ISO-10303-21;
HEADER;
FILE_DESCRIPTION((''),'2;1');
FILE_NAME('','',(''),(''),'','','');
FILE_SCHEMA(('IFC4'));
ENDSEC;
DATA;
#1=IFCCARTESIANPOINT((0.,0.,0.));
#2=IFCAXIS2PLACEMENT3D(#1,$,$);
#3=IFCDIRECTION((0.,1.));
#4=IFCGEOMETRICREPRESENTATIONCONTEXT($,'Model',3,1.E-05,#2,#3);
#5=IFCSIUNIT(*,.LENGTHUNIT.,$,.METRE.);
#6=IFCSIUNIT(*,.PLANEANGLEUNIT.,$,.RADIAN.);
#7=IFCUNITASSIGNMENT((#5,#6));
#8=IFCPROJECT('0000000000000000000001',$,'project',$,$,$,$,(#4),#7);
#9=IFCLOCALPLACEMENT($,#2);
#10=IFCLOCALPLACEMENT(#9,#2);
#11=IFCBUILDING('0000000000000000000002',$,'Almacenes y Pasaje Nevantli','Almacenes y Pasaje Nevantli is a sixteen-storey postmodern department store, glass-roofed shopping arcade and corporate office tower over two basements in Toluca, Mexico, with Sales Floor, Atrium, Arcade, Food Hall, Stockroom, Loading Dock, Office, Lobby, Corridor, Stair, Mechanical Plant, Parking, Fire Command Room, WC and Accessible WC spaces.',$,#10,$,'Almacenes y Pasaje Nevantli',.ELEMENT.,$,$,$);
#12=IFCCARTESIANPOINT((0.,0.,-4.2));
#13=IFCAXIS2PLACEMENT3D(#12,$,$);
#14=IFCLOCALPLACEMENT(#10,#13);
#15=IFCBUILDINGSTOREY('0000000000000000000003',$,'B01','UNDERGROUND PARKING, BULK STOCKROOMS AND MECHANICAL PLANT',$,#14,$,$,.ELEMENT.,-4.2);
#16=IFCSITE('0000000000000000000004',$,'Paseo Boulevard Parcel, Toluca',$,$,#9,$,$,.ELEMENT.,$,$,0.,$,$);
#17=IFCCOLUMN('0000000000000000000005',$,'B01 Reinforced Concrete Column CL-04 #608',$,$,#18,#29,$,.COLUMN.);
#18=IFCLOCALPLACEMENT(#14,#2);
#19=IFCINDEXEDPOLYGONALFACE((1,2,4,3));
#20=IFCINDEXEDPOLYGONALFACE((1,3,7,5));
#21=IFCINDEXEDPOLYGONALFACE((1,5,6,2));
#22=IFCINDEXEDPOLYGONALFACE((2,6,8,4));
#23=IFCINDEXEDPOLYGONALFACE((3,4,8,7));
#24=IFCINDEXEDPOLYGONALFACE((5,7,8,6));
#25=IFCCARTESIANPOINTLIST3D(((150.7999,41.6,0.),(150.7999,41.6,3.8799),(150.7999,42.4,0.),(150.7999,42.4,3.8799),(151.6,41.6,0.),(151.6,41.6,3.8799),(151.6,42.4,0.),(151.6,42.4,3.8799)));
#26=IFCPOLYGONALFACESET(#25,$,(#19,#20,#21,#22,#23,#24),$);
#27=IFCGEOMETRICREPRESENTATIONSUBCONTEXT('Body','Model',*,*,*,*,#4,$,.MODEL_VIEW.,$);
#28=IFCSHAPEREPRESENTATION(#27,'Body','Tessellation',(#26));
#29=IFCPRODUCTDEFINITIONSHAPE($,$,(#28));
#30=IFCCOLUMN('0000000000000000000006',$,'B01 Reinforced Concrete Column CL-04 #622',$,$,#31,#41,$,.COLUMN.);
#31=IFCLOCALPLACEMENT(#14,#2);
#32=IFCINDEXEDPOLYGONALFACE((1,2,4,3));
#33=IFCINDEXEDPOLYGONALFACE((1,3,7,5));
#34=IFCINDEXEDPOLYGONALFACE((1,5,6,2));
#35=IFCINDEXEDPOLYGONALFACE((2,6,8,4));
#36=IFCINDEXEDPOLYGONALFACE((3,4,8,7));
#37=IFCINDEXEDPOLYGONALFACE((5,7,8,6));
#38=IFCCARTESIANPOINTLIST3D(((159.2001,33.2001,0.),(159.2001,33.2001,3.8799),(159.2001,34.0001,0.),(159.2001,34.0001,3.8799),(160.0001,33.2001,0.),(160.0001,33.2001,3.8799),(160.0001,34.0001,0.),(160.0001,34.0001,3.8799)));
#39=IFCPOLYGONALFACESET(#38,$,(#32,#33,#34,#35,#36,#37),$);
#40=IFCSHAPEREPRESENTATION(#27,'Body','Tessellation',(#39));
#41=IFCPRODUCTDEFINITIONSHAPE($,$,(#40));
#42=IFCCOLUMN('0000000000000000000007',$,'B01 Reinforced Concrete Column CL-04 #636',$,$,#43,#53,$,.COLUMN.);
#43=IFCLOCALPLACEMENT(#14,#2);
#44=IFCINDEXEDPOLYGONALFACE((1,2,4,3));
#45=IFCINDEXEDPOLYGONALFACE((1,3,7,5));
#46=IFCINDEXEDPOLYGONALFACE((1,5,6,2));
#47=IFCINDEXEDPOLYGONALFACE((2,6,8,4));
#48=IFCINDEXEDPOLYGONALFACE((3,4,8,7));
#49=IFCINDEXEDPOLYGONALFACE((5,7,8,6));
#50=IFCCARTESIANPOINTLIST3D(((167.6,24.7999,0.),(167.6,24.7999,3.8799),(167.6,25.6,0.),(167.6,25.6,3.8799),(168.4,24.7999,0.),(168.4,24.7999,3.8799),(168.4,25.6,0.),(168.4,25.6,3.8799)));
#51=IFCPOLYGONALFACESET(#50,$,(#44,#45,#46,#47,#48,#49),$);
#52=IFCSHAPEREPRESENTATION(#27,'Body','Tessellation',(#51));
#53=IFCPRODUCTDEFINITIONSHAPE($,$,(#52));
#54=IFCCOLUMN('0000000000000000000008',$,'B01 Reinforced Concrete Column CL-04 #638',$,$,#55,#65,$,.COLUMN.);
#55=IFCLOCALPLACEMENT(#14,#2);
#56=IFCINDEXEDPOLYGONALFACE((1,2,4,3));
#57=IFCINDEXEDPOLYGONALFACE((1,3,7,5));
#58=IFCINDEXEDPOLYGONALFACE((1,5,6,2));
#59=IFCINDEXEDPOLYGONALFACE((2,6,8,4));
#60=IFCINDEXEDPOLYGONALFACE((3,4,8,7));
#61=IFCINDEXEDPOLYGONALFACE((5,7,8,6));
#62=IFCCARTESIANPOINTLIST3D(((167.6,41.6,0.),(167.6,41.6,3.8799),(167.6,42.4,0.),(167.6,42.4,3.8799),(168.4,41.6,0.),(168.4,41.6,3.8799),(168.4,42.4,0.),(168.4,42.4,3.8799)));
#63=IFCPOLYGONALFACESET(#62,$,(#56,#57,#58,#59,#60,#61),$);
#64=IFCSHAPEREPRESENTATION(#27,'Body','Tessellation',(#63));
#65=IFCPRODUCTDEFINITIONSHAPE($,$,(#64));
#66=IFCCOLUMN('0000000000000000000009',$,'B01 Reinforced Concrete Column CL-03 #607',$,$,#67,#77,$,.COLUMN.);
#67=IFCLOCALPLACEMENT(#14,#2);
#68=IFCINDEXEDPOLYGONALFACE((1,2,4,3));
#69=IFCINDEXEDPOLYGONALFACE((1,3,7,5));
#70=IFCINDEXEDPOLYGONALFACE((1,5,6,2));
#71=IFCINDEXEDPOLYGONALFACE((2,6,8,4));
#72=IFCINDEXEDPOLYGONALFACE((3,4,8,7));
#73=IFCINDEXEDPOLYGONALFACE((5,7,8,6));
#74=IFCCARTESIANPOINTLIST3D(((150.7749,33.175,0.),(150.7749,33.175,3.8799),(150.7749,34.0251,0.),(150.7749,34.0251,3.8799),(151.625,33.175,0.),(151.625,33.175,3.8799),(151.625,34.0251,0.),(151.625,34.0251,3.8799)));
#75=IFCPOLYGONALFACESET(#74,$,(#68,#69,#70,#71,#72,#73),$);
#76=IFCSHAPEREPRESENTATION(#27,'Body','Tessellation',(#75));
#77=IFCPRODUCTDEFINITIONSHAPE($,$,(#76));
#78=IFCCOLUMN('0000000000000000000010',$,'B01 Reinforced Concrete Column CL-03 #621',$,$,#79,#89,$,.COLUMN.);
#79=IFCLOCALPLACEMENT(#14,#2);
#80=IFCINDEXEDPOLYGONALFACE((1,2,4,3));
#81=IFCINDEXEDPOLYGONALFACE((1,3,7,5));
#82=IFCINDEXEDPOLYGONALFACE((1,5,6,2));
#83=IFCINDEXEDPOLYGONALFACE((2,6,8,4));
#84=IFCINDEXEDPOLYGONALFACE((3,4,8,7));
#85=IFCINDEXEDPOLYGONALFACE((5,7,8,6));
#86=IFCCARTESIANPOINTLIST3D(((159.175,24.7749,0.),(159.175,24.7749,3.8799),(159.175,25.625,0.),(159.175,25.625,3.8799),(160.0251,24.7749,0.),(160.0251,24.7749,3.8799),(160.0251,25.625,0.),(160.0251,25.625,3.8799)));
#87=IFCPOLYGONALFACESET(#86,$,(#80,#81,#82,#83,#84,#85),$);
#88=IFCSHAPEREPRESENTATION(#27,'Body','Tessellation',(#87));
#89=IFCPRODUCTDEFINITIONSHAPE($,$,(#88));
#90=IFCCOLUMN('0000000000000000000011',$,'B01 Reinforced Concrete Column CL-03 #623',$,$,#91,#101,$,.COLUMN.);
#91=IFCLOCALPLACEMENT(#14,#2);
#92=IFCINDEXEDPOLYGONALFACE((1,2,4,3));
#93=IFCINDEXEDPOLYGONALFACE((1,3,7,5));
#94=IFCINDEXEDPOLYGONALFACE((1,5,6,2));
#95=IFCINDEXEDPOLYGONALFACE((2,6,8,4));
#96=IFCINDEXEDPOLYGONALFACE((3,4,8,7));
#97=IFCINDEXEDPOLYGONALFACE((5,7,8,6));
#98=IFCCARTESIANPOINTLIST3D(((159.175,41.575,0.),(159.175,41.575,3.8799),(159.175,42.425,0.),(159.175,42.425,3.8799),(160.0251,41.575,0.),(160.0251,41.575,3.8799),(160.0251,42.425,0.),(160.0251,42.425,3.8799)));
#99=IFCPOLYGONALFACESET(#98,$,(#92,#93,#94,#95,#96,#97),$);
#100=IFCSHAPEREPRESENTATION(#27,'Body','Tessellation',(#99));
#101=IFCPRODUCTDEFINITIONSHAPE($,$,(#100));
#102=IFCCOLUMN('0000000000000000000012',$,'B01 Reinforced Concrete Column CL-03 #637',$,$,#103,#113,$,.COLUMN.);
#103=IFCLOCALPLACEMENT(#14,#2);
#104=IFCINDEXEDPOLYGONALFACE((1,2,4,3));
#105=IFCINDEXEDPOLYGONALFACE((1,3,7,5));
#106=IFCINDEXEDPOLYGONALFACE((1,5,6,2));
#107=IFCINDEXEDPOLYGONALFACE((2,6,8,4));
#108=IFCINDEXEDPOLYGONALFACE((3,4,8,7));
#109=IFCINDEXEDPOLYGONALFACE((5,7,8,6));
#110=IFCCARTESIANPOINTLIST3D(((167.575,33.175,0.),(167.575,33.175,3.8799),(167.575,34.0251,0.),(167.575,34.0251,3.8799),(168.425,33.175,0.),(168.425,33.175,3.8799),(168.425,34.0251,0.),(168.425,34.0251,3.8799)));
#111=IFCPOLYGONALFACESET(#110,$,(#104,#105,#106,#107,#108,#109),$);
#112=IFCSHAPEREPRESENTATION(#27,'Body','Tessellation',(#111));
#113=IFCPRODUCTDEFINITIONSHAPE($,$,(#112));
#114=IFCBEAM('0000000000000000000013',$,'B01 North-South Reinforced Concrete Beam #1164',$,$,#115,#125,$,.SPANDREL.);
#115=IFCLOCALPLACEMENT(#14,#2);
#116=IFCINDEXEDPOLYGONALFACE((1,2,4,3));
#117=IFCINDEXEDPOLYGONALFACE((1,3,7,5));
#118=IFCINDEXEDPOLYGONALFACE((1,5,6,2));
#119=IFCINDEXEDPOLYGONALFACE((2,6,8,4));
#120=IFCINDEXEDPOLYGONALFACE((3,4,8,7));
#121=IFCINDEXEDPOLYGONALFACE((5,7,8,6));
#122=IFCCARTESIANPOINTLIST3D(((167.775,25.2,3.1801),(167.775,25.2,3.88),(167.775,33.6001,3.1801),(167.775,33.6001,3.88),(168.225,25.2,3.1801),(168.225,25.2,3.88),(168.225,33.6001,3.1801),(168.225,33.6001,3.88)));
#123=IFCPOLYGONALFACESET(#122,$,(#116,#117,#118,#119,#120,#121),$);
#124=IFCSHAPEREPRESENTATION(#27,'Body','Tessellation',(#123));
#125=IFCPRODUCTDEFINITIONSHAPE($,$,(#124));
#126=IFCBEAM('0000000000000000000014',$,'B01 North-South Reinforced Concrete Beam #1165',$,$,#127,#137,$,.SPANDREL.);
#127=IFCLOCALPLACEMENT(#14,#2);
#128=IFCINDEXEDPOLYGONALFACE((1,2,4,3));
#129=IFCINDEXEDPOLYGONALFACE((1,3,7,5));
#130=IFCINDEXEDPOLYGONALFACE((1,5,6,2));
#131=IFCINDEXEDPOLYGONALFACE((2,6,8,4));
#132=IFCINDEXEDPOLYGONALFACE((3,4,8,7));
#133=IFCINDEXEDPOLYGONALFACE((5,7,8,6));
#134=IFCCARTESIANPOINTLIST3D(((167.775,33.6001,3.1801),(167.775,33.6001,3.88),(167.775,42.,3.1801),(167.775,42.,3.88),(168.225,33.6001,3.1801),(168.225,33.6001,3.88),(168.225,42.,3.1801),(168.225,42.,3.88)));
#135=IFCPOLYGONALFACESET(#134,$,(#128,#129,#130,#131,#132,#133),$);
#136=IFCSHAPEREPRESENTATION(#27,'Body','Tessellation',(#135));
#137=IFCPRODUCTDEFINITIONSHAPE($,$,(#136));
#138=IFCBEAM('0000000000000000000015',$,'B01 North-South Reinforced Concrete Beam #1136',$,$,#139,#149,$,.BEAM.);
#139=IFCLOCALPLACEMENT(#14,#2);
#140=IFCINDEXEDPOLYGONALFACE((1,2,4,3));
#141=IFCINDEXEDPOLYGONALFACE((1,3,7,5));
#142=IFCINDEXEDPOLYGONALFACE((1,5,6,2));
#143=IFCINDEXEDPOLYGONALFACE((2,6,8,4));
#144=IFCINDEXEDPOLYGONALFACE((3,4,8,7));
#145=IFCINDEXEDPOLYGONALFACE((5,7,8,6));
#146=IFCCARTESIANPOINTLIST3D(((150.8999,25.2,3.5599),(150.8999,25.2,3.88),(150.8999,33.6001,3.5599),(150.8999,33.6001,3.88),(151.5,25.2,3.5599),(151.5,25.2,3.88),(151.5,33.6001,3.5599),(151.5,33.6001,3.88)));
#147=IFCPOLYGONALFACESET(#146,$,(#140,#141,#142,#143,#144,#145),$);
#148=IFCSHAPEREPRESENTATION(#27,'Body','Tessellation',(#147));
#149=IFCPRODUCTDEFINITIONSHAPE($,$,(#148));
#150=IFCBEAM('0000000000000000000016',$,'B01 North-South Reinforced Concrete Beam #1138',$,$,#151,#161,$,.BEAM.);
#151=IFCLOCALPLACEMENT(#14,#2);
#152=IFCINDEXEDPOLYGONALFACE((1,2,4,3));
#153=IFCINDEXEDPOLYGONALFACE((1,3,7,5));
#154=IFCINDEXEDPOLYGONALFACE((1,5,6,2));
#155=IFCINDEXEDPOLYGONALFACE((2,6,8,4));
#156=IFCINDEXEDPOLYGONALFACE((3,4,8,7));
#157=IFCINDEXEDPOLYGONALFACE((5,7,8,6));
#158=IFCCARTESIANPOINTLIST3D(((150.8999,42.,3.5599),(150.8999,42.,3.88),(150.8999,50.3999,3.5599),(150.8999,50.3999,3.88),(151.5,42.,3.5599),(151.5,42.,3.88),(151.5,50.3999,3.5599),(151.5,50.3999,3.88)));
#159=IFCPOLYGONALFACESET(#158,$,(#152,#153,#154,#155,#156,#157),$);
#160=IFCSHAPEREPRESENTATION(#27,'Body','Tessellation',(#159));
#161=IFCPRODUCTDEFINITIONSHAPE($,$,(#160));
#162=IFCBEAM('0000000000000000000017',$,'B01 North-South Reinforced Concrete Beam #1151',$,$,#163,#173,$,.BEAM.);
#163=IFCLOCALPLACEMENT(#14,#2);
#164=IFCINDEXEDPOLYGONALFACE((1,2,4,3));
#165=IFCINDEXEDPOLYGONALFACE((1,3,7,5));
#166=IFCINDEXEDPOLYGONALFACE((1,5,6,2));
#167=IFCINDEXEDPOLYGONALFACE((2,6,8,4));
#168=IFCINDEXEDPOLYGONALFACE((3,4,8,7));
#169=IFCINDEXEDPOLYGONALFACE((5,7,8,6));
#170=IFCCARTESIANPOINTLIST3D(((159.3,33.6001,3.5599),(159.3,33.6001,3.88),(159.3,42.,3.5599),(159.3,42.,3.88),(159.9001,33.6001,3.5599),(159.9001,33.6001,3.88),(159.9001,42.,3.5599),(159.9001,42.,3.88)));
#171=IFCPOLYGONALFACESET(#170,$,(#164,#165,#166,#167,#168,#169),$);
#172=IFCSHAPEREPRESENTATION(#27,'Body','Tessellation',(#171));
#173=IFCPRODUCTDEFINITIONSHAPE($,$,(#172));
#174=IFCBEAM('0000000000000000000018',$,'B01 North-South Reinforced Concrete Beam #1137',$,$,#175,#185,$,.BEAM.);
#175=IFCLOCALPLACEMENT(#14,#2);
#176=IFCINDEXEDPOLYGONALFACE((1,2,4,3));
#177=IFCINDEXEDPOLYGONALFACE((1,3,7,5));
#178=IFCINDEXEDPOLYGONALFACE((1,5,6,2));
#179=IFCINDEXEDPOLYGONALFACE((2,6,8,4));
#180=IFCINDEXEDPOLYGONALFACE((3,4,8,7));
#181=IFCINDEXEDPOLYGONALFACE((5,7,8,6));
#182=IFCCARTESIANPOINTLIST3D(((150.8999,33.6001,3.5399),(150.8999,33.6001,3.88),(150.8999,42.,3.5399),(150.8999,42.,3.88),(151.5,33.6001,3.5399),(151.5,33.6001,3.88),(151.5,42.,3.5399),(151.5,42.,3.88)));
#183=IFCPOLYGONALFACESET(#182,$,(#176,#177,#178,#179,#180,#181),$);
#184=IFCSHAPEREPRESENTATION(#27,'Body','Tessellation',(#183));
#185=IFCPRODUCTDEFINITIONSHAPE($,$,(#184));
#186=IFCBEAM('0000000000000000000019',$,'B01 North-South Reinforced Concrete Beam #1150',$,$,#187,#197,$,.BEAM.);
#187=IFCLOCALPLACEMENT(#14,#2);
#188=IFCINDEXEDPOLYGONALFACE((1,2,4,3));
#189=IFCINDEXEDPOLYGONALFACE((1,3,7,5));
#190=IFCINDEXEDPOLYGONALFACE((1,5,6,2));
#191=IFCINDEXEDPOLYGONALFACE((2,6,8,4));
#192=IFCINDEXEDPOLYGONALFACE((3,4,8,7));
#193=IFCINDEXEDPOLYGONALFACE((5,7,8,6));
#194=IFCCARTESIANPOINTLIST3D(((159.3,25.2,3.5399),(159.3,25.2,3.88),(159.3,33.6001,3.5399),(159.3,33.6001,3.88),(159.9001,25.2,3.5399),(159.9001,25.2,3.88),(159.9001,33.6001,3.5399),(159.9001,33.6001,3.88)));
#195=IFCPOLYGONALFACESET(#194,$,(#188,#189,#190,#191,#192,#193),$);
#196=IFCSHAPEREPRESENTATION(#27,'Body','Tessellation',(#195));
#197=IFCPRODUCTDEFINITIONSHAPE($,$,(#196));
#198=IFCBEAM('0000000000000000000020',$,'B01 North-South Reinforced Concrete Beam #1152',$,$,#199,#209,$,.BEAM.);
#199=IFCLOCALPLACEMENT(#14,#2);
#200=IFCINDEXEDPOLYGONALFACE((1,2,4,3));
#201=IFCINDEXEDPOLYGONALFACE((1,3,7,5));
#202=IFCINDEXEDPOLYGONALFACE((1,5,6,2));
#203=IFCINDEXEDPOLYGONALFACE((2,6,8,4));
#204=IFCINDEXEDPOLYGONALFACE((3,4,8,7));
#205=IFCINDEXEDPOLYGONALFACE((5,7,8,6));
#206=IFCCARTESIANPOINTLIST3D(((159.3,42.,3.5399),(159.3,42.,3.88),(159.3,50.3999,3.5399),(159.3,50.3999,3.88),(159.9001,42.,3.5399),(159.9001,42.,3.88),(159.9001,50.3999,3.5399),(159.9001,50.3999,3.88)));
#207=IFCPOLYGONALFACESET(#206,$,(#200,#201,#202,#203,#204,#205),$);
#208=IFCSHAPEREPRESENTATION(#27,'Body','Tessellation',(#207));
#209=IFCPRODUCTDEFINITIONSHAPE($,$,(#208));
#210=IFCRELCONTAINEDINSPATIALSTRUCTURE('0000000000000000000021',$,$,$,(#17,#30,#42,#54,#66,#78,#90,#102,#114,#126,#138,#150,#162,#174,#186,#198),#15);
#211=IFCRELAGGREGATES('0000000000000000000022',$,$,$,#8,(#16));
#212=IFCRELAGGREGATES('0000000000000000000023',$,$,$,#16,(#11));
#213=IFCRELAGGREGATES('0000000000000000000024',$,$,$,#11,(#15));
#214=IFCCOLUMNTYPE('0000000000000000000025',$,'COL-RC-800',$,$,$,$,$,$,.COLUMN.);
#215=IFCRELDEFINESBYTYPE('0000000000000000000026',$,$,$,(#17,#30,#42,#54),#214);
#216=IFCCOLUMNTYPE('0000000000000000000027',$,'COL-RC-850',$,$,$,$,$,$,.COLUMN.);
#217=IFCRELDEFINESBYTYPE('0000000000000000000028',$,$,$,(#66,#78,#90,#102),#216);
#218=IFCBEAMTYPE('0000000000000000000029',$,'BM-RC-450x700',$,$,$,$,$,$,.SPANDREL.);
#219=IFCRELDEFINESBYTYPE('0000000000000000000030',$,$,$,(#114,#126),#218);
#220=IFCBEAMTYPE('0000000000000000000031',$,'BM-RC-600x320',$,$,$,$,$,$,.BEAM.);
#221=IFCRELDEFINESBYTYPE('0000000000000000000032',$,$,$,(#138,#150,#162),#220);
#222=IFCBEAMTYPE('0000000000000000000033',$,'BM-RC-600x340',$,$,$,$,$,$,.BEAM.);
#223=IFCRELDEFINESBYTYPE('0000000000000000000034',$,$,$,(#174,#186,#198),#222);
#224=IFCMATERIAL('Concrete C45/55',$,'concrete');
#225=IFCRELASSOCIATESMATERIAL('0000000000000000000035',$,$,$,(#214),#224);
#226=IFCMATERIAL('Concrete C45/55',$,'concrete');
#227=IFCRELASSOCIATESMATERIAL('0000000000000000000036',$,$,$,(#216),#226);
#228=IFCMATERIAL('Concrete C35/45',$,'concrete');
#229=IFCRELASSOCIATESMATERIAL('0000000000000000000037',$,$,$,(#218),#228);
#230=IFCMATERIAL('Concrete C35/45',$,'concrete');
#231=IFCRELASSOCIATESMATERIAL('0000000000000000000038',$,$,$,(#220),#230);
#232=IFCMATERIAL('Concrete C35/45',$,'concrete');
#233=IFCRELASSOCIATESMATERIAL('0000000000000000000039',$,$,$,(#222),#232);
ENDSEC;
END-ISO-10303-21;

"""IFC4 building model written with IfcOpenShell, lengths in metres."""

from ifc_helpers import new_model, si_unit, direction, frame, origin, origin_2d, place, context, subcontext, project, spatial, rectangle, extrude, material, material_profile, profile_set, type_object, element, save


model = new_model("IFC4")

# Units and contexts
model_context = context("Model", 3, precision=1e-05, world=origin(), true_north=direction((0.0, 1.0)))
body_context = subcontext(model_context, "Body", "Model", "MODEL_VIEW")
ifc_project = project(units=[si_unit("LENGTHUNIT", "METRE"), si_unit("PLANEANGLEUNIT", "RADIAN")], contexts=[model_context])

# Site, building, storey
site_placement = place(None, origin())
site = spatial("IfcSite", under=ifc_project, at=site_placement, Name="Paseo Boulevard Parcel, Toluca", CompositionType="ELEMENT", RefElevation=0.0)
building_placement = place(site_placement, origin())
building = spatial("IfcBuilding", under=site, at=building_placement, Name="Almacenes y Pasaje Nevantli", Description="Almacenes y Pasaje Nevantli is a sixteen-storey postmodern department store, glass-roofed shopping arcade and corporate office tower over two basements in Toluca, Mexico, with Sales Floor, Atrium, Arcade, Food Hall, Stockroom, Loading Dock, Office, Lobby, Corridor, Stair, Mechanical Plant, Parking, Fire Command Room, WC and Accessible WC spaces.", LongName="Almacenes y Pasaje Nevantli", CompositionType="ELEMENT")
storey_placement = place(building_placement, frame((0.0, 0.0, -4.2)))
storey = spatial("IfcBuildingStorey", under=building, at=storey_placement, Name="B01", Description="UNDERGROUND PARKING, BULK STOCKROOMS AND MECHANICAL PLANT", CompositionType="ELEMENT", Elevation=-4.2)

# Columns
ifc_material_1 = material(Name="Concrete C45/55", Category="concrete")
ifc_material_profile_1 = material_profile(ifc_material_1, rectangle(XDim=0.8, YDim=0.8, at=origin_2d()), Name="RC-COL-800x800")
ifc_profile_set_1 = profile_set([ifc_material_profile_1], Name="Concrete C45/55")
column_type_1 = type_object("IfcColumnType", Name="COL-RC-800", PredefinedType="COLUMN", material=ifc_profile_set_1)
for number, where, z_axis, x_axis, name in (
    (1, (151.2, 42.0, 0.0), (0.0, 0.0, 1.0), (1.0, 0.0, 0.0), "B01 Reinforced Concrete Column CL-04 #608"),
    (2, (159.6001, 33.6001, 0.0), (0.0, 0.0, 1.0), (1.0, 0.0, 0.0), "B01 Reinforced Concrete Column CL-04 #622"),
    (3, (168.0, 25.2, 0.0), (0.0, 0.0, 1.0), (1.0, 0.0, 0.0), "B01 Reinforced Concrete Column CL-04 #636"),
    (4, (168.0, 42.0, 0.0), (0.0, 0.0, 1.0), (1.0, 0.0, 0.0), "B01 Reinforced Concrete Column CL-04 #638"),
):
    element("IfcColumn", number, at=place(storey_placement, frame(where, z_axis=z_axis, x_axis=x_axis)), inside=storey, type_object=column_type_1, Name=name, PredefinedType="COLUMN", context=body_context, shape_type="SweptSolid", body=[
        extrude(rectangle(XDim=0.8, YDim=0.8, at=origin_2d()), origin(), (0.0, 0.0, 1.0), 3.8799),
    ])
ifc_material_2 = material(Name="Concrete C45/55", Category="concrete")
ifc_material_profile_2 = material_profile(ifc_material_2, rectangle(XDim=0.8501, YDim=0.8501, at=origin_2d()), Name="RC-COL-850x850")
ifc_profile_set_2 = profile_set([ifc_material_profile_2], Name="Concrete C45/55")
column_type_2 = type_object("IfcColumnType", Name="COL-RC-850", PredefinedType="COLUMN", material=ifc_profile_set_2)
for number, where, z_axis, x_axis, name in (
    (5, (151.2, 33.6001, 0.0), (0.0, 0.0, 1.0), (1.0, 0.0, 0.0), "B01 Reinforced Concrete Column CL-03 #607"),
    (6, (159.6001, 25.2, 0.0), (0.0, 0.0, 1.0), (1.0, 0.0, 0.0), "B01 Reinforced Concrete Column CL-03 #621"),
    (7, (159.6001, 42.0, 0.0), (0.0, 0.0, 1.0), (1.0, 0.0, 0.0), "B01 Reinforced Concrete Column CL-03 #623"),
    (8, (168.0, 33.6001, 0.0), (0.0, 0.0, 1.0), (1.0, 0.0, 0.0), "B01 Reinforced Concrete Column CL-03 #637"),
):
    element("IfcColumn", number, at=place(storey_placement, frame(where, z_axis=z_axis, x_axis=x_axis)), inside=storey, type_object=column_type_2, Name=name, PredefinedType="COLUMN", context=body_context, shape_type="SweptSolid", body=[
        extrude(rectangle(XDim=0.8501, YDim=0.8501, at=origin_2d()), origin(), (0.0, 0.0, 1.0), 3.8799),
    ])

# Beams
ifc_material_3 = material(Name="Concrete C35/45", Category="concrete")
ifc_material_profile_3 = material_profile(ifc_material_3, rectangle(XDim=0.45, YDim=0.7, at=origin_2d()), Name="RC-BM-450x700")
ifc_profile_set_3 = profile_set([ifc_material_profile_3], Name="Concrete C35/45")
beam_type_1 = type_object("IfcBeamType", Name="BM-RC-450x700", PredefinedType="SPANDREL", material=ifc_profile_set_3)
beam_1_placement = place(storey_placement, frame((168.0, 25.2, 3.53), z_axis=(0.0, 1.0, 0.0), x_axis=(-1.0, 0.0, 0.0)))
element("IfcBeam", 9, at=beam_1_placement, inside=storey, type_object=beam_type_1, Name="B01 North-South Reinforced Concrete Beam #1164", PredefinedType="SPANDREL", context=body_context, shape_type="SweptSolid", body=[
    extrude(rectangle(XDim=0.45, YDim=0.7, at=origin_2d()), origin(), (0.0, 0.0, 1.0), 8.4001),
])
beam_2_placement = place(storey_placement, frame((168.0, 33.6001, 3.53), z_axis=(0.0, 1.0, 0.0), x_axis=(-1.0, 0.0, 0.0)))
element("IfcBeam", 10, at=beam_2_placement, inside=storey, type_object=beam_type_1, Name="B01 North-South Reinforced Concrete Beam #1165", PredefinedType="SPANDREL", context=body_context, shape_type="SweptSolid", body=[
    extrude(rectangle(XDim=0.45, YDim=0.7, at=origin_2d()), origin(), (0.0, 0.0, 1.0), 8.3999),
])
ifc_material_4 = material(Name="Concrete C35/45", Category="concrete")
ifc_material_profile_4 = material_profile(ifc_material_4, rectangle(XDim=0.6001, YDim=0.3201, at=origin_2d()), Name="RC-BM-600x320")
ifc_profile_set_4 = profile_set([ifc_material_profile_4], Name="Concrete C35/45")
beam_type_2 = type_object("IfcBeamType", Name="BM-RC-600x320", PredefinedType="BEAM", material=ifc_profile_set_4)
beam_3_placement = place(storey_placement, frame((151.2, 25.2, 3.72), z_axis=(0.0, 1.0, 0.0), x_axis=(-1.0, 0.0, 0.0)))
element("IfcBeam", 11, at=beam_3_placement, inside=storey, type_object=beam_type_2, Name="B01 North-South Reinforced Concrete Beam #1136", PredefinedType="BEAM", context=body_context, shape_type="SweptSolid", body=[
    extrude(rectangle(XDim=0.6001, YDim=0.3201, at=origin_2d()), origin(), (0.0, 0.0, 1.0), 8.4001),
])
for number, where, z_axis, x_axis, name in (
    (12, (151.2, 42.0, 3.72), (0.0, 1.0, 0.0), (-1.0, 0.0, 0.0), "B01 North-South Reinforced Concrete Beam #1138"),
    (13, (159.6001, 33.6001, 3.72), (0.0, 1.0, 0.0), (-1.0, 0.0, 0.0), "B01 North-South Reinforced Concrete Beam #1151"),
):
    element("IfcBeam", number, at=place(storey_placement, frame(where, z_axis=z_axis, x_axis=x_axis)), inside=storey, type_object=beam_type_2, Name=name, PredefinedType="BEAM", context=body_context, shape_type="SweptSolid", body=[
        extrude(rectangle(XDim=0.6001, YDim=0.3201, at=origin_2d()), origin(), (0.0, 0.0, 1.0), 8.3999),
    ])
ifc_material_5 = material(Name="Concrete C35/45", Category="concrete")
ifc_material_profile_5 = material_profile(ifc_material_5, rectangle(XDim=0.6001, YDim=0.3401, at=origin_2d()), Name="RC-BM-600x340")
ifc_profile_set_5 = profile_set([ifc_material_profile_5], Name="Concrete C35/45")
beam_type_3 = type_object("IfcBeamType", Name="BM-RC-600x340", PredefinedType="BEAM", material=ifc_profile_set_5)
beam_4_placement = place(storey_placement, frame((151.2, 33.6001, 3.71), z_axis=(0.0, 1.0, 0.0), x_axis=(-1.0, 0.0, 0.0)))
element("IfcBeam", 14, at=beam_4_placement, inside=storey, type_object=beam_type_3, Name="B01 North-South Reinforced Concrete Beam #1137", PredefinedType="BEAM", context=body_context, shape_type="SweptSolid", body=[
    extrude(rectangle(XDim=0.6001, YDim=0.3401, at=origin_2d()), origin(), (0.0, 0.0, 1.0), 8.3999),
])
beam_5_placement = place(storey_placement, frame((159.6001, 25.2, 3.71), z_axis=(0.0, 1.0, 0.0), x_axis=(-1.0, 0.0, 0.0)))
element("IfcBeam", 15, at=beam_5_placement, inside=storey, type_object=beam_type_3, Name="B01 North-South Reinforced Concrete Beam #1150", PredefinedType="BEAM", context=body_context, shape_type="SweptSolid", body=[
    extrude(rectangle(XDim=0.6001, YDim=0.3401, at=origin_2d()), origin(), (0.0, 0.0, 1.0), 8.4001),
])
beam_6_placement = place(storey_placement, frame((159.6001, 42.0, 3.71), z_axis=(0.0, 1.0, 0.0), x_axis=(-1.0, 0.0, 0.0)))
element("IfcBeam", 16, at=beam_6_placement, inside=storey, type_object=beam_type_3, Name="B01 North-South Reinforced Concrete Beam #1152", PredefinedType="BEAM", context=body_context, shape_type="SweptSolid", body=[
    extrude(rectangle(XDim=0.6001, YDim=0.3401, at=origin_2d()), origin(), (0.0, 0.0, 1.0), 8.3999),
])

save(model, "model.ifc")
